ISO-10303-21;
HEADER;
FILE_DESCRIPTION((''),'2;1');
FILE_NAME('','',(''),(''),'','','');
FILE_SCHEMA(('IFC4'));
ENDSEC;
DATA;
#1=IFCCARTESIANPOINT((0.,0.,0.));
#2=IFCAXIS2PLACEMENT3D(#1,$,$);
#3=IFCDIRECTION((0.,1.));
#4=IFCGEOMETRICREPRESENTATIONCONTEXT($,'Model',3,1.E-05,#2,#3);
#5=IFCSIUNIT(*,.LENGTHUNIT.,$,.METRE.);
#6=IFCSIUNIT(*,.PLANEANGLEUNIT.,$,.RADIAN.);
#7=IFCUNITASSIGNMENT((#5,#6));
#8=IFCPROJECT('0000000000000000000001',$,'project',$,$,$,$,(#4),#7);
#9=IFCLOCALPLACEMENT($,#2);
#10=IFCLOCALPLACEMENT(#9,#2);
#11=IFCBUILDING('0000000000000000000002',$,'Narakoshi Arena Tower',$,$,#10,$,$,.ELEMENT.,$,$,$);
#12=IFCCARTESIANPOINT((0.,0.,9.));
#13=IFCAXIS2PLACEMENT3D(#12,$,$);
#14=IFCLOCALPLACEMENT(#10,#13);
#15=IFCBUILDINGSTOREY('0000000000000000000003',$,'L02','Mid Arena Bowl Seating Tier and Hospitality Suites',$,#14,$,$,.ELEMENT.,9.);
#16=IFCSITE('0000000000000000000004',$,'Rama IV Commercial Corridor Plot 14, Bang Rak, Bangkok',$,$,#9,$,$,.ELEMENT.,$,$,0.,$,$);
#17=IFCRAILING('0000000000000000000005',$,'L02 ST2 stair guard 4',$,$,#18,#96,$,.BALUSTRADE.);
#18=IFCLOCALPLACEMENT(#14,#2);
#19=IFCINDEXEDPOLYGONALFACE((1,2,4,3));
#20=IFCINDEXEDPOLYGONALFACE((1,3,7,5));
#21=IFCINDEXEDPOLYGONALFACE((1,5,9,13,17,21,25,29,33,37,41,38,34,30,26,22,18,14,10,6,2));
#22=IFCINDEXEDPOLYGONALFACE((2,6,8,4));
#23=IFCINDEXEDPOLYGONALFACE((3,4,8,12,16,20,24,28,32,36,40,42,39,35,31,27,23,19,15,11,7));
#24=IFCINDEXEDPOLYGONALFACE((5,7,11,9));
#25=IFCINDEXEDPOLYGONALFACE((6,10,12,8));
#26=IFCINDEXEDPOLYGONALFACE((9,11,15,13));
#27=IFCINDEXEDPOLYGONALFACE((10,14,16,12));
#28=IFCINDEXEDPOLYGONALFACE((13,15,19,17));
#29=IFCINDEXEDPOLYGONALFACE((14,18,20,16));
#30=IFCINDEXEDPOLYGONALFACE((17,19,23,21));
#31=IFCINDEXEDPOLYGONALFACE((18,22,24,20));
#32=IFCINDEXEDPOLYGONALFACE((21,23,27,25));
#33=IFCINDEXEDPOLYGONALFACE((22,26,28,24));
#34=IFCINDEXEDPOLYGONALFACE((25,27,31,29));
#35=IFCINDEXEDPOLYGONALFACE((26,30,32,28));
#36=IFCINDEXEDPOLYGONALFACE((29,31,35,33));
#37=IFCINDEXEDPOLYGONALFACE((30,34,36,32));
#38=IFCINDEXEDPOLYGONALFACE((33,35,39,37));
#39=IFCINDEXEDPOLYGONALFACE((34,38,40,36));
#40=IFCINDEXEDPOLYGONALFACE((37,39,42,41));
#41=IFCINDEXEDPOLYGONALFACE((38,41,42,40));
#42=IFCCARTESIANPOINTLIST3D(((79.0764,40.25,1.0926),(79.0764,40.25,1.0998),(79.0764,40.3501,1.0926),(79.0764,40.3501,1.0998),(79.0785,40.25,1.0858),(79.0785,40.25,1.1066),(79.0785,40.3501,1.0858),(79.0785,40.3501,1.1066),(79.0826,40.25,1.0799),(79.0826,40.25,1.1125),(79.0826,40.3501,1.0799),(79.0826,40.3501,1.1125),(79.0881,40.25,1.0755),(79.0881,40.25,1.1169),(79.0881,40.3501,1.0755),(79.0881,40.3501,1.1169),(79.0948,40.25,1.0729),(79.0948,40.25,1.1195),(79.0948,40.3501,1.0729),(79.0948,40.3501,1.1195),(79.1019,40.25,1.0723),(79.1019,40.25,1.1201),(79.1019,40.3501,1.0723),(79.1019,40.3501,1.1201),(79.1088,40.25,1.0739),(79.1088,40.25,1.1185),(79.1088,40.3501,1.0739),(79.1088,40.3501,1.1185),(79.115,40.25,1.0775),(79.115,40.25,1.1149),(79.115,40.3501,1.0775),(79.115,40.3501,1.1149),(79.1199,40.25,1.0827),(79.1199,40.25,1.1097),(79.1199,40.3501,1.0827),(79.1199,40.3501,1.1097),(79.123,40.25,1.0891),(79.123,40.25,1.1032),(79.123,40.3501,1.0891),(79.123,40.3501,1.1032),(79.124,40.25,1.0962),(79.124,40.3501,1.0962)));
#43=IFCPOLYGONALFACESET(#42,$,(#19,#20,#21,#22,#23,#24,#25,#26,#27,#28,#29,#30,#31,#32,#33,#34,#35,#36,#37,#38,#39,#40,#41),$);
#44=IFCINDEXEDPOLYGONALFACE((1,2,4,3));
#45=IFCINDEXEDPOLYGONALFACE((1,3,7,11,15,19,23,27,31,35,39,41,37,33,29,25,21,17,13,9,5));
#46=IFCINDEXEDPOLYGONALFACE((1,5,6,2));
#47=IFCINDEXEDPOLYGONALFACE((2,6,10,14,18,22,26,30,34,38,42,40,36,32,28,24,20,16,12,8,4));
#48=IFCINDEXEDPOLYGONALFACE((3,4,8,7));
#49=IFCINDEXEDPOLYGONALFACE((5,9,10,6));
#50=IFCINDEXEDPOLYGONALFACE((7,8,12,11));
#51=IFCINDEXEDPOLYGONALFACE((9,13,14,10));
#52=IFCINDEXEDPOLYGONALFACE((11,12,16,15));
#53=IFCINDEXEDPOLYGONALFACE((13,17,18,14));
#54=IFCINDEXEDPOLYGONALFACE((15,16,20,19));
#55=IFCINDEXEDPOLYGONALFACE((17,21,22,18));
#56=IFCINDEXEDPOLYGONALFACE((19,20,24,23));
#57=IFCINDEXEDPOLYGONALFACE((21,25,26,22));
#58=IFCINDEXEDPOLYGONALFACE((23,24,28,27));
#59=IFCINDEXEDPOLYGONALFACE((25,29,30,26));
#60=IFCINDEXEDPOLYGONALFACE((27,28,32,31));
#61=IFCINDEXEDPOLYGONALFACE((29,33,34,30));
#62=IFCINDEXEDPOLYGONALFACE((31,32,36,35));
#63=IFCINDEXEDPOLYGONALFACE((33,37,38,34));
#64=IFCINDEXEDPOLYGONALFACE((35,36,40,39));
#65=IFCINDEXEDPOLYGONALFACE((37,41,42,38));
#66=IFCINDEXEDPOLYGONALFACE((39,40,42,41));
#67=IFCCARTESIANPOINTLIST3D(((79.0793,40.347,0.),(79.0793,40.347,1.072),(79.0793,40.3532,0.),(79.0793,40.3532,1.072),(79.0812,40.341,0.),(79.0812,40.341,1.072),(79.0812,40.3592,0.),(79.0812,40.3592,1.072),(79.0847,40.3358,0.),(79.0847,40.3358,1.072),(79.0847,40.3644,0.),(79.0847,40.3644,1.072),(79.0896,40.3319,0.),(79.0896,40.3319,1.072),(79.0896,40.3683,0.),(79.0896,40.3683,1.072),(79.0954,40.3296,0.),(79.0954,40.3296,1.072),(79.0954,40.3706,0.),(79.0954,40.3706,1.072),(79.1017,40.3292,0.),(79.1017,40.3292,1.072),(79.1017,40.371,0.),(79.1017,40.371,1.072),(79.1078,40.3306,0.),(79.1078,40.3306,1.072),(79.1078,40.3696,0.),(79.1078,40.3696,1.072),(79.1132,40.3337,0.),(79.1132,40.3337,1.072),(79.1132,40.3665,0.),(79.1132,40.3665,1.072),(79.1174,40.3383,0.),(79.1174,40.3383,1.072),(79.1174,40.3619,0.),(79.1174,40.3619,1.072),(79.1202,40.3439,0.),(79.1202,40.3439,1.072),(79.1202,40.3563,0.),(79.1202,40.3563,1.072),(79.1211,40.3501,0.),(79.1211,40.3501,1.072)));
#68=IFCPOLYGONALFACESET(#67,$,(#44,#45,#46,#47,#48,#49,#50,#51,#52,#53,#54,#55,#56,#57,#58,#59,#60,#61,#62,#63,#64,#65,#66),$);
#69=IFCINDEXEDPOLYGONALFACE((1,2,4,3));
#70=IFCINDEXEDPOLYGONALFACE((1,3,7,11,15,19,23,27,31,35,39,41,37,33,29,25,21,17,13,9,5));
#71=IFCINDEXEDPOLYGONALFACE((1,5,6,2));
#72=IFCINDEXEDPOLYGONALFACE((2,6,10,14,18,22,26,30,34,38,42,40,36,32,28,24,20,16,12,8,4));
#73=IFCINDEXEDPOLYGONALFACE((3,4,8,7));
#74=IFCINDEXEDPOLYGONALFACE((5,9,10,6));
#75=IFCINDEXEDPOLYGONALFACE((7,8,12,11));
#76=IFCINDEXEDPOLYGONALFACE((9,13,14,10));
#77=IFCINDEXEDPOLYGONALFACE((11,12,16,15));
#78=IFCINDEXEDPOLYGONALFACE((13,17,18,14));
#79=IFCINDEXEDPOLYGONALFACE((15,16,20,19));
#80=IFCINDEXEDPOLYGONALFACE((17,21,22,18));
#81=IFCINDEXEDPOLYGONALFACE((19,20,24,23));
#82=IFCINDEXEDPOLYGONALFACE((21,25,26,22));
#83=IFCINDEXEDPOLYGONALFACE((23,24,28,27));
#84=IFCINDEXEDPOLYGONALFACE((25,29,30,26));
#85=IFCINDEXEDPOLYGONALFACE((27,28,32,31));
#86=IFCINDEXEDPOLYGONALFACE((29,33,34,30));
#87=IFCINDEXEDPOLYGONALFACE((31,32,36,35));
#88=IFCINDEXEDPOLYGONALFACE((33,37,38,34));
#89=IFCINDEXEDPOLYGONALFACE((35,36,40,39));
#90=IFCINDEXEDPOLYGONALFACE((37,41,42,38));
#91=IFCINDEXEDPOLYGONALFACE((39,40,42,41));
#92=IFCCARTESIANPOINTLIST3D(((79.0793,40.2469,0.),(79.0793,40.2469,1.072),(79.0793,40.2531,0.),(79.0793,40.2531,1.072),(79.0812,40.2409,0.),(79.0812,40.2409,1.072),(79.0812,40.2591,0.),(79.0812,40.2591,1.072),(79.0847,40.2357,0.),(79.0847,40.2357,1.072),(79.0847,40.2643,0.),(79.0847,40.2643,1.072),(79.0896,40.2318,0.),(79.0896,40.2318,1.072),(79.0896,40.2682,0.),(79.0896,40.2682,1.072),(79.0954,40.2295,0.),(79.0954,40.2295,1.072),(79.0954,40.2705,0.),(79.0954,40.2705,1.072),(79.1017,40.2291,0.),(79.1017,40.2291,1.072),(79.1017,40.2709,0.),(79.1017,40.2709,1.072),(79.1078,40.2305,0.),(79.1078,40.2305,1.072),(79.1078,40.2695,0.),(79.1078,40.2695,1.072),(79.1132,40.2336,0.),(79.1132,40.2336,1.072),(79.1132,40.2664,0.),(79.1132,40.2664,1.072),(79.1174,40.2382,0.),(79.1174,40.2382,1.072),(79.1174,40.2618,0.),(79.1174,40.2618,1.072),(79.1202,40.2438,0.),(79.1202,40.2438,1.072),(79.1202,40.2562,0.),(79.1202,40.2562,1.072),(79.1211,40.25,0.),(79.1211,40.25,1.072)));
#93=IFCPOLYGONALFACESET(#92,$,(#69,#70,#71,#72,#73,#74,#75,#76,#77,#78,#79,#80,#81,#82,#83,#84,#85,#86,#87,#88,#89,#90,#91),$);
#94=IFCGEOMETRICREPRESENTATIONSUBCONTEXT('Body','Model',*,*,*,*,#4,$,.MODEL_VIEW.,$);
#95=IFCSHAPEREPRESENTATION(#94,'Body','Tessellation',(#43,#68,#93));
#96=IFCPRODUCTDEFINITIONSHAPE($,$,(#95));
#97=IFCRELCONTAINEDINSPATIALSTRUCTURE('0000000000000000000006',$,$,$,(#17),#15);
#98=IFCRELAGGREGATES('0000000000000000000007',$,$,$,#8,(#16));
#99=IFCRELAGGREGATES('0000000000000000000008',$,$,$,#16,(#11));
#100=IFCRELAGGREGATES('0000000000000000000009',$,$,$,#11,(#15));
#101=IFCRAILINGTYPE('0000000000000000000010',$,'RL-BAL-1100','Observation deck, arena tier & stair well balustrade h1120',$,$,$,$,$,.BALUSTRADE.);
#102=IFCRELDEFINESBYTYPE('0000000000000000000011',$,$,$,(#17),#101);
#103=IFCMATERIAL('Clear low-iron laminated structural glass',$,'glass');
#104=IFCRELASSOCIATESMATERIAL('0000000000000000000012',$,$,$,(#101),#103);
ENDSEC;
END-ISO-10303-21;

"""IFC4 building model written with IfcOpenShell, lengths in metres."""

from ifc_helpers import new_model, si_unit, direction, frame, origin, origin_2d, place, context, subcontext, project, spatial, circle, extrude, material, type_object, element, save


model = new_model("IFC4")

# Units and contexts
model_context = context("Model", 3, precision=1e-05, world=origin(), true_north=direction((0.0, 1.0)))
body_context = subcontext(model_context, "Body", "Model", "MODEL_VIEW")
ifc_project = project(units=[si_unit("LENGTHUNIT", "METRE"), si_unit("PLANEANGLEUNIT", "RADIAN")], contexts=[model_context])

# Site, building, storey
site_placement = place(None, origin())
site = spatial("IfcSite", under=ifc_project, at=site_placement, Name="Rama IV Commercial Corridor Plot 14, Bang Rak, Bangkok", CompositionType="ELEMENT", RefElevation=0.0)
building_placement = place(site_placement, origin())
building = spatial("IfcBuilding", under=site, at=building_placement, Name="Narakoshi Arena Tower", CompositionType="ELEMENT")
storey_placement = place(building_placement, frame((0.0, 0.0, 9.0)))
storey = spatial("IfcBuildingStorey", under=building, at=storey_placement, Name="L02", Description="Mid Arena Bowl Seating Tier and Hospitality Suites", CompositionType="ELEMENT", Elevation=9.0)

# Railing
ifc_material_1 = material(Name="Clear low-iron laminated structural glass", Category="glass")
railing_type_1 = type_object("IfcRailingType", Name="RL-BAL-1100", Description="Observation deck, arena tier & stair well balustrade h1120", PredefinedType="BALUSTRADE", material=ifc_material_1)
railing_1_placement = place(storey_placement, frame((79.1001, 40.3501, 0.0)))
element("IfcRailing", 1, at=railing_1_placement, inside=storey, type_object=railing_type_1, Name="L02 ST2 stair guard 4", PredefinedType="BALUSTRADE", context=body_context, shape_type="SweptSolid", body=[
    extrude(circle(Radius=0.0239, at=origin_2d()), frame((0.0, 0.0, 1.0962), z_axis=(0.0, -1.0, 0.0), x_axis=(1.0, 0.0, 0.0)), (0.0, 0.0, 1.0), 0.1001),
    extrude(circle(Radius=0.021, at=origin_2d()), origin(), (0.0, 0.0, 1.0), 1.072),
    extrude(circle(Radius=0.021, at=origin_2d()), frame((0.0, -0.1001, 0.0)), (0.0, 0.0, 1.0), 1.072),
])

save(model, "model.ifc")
